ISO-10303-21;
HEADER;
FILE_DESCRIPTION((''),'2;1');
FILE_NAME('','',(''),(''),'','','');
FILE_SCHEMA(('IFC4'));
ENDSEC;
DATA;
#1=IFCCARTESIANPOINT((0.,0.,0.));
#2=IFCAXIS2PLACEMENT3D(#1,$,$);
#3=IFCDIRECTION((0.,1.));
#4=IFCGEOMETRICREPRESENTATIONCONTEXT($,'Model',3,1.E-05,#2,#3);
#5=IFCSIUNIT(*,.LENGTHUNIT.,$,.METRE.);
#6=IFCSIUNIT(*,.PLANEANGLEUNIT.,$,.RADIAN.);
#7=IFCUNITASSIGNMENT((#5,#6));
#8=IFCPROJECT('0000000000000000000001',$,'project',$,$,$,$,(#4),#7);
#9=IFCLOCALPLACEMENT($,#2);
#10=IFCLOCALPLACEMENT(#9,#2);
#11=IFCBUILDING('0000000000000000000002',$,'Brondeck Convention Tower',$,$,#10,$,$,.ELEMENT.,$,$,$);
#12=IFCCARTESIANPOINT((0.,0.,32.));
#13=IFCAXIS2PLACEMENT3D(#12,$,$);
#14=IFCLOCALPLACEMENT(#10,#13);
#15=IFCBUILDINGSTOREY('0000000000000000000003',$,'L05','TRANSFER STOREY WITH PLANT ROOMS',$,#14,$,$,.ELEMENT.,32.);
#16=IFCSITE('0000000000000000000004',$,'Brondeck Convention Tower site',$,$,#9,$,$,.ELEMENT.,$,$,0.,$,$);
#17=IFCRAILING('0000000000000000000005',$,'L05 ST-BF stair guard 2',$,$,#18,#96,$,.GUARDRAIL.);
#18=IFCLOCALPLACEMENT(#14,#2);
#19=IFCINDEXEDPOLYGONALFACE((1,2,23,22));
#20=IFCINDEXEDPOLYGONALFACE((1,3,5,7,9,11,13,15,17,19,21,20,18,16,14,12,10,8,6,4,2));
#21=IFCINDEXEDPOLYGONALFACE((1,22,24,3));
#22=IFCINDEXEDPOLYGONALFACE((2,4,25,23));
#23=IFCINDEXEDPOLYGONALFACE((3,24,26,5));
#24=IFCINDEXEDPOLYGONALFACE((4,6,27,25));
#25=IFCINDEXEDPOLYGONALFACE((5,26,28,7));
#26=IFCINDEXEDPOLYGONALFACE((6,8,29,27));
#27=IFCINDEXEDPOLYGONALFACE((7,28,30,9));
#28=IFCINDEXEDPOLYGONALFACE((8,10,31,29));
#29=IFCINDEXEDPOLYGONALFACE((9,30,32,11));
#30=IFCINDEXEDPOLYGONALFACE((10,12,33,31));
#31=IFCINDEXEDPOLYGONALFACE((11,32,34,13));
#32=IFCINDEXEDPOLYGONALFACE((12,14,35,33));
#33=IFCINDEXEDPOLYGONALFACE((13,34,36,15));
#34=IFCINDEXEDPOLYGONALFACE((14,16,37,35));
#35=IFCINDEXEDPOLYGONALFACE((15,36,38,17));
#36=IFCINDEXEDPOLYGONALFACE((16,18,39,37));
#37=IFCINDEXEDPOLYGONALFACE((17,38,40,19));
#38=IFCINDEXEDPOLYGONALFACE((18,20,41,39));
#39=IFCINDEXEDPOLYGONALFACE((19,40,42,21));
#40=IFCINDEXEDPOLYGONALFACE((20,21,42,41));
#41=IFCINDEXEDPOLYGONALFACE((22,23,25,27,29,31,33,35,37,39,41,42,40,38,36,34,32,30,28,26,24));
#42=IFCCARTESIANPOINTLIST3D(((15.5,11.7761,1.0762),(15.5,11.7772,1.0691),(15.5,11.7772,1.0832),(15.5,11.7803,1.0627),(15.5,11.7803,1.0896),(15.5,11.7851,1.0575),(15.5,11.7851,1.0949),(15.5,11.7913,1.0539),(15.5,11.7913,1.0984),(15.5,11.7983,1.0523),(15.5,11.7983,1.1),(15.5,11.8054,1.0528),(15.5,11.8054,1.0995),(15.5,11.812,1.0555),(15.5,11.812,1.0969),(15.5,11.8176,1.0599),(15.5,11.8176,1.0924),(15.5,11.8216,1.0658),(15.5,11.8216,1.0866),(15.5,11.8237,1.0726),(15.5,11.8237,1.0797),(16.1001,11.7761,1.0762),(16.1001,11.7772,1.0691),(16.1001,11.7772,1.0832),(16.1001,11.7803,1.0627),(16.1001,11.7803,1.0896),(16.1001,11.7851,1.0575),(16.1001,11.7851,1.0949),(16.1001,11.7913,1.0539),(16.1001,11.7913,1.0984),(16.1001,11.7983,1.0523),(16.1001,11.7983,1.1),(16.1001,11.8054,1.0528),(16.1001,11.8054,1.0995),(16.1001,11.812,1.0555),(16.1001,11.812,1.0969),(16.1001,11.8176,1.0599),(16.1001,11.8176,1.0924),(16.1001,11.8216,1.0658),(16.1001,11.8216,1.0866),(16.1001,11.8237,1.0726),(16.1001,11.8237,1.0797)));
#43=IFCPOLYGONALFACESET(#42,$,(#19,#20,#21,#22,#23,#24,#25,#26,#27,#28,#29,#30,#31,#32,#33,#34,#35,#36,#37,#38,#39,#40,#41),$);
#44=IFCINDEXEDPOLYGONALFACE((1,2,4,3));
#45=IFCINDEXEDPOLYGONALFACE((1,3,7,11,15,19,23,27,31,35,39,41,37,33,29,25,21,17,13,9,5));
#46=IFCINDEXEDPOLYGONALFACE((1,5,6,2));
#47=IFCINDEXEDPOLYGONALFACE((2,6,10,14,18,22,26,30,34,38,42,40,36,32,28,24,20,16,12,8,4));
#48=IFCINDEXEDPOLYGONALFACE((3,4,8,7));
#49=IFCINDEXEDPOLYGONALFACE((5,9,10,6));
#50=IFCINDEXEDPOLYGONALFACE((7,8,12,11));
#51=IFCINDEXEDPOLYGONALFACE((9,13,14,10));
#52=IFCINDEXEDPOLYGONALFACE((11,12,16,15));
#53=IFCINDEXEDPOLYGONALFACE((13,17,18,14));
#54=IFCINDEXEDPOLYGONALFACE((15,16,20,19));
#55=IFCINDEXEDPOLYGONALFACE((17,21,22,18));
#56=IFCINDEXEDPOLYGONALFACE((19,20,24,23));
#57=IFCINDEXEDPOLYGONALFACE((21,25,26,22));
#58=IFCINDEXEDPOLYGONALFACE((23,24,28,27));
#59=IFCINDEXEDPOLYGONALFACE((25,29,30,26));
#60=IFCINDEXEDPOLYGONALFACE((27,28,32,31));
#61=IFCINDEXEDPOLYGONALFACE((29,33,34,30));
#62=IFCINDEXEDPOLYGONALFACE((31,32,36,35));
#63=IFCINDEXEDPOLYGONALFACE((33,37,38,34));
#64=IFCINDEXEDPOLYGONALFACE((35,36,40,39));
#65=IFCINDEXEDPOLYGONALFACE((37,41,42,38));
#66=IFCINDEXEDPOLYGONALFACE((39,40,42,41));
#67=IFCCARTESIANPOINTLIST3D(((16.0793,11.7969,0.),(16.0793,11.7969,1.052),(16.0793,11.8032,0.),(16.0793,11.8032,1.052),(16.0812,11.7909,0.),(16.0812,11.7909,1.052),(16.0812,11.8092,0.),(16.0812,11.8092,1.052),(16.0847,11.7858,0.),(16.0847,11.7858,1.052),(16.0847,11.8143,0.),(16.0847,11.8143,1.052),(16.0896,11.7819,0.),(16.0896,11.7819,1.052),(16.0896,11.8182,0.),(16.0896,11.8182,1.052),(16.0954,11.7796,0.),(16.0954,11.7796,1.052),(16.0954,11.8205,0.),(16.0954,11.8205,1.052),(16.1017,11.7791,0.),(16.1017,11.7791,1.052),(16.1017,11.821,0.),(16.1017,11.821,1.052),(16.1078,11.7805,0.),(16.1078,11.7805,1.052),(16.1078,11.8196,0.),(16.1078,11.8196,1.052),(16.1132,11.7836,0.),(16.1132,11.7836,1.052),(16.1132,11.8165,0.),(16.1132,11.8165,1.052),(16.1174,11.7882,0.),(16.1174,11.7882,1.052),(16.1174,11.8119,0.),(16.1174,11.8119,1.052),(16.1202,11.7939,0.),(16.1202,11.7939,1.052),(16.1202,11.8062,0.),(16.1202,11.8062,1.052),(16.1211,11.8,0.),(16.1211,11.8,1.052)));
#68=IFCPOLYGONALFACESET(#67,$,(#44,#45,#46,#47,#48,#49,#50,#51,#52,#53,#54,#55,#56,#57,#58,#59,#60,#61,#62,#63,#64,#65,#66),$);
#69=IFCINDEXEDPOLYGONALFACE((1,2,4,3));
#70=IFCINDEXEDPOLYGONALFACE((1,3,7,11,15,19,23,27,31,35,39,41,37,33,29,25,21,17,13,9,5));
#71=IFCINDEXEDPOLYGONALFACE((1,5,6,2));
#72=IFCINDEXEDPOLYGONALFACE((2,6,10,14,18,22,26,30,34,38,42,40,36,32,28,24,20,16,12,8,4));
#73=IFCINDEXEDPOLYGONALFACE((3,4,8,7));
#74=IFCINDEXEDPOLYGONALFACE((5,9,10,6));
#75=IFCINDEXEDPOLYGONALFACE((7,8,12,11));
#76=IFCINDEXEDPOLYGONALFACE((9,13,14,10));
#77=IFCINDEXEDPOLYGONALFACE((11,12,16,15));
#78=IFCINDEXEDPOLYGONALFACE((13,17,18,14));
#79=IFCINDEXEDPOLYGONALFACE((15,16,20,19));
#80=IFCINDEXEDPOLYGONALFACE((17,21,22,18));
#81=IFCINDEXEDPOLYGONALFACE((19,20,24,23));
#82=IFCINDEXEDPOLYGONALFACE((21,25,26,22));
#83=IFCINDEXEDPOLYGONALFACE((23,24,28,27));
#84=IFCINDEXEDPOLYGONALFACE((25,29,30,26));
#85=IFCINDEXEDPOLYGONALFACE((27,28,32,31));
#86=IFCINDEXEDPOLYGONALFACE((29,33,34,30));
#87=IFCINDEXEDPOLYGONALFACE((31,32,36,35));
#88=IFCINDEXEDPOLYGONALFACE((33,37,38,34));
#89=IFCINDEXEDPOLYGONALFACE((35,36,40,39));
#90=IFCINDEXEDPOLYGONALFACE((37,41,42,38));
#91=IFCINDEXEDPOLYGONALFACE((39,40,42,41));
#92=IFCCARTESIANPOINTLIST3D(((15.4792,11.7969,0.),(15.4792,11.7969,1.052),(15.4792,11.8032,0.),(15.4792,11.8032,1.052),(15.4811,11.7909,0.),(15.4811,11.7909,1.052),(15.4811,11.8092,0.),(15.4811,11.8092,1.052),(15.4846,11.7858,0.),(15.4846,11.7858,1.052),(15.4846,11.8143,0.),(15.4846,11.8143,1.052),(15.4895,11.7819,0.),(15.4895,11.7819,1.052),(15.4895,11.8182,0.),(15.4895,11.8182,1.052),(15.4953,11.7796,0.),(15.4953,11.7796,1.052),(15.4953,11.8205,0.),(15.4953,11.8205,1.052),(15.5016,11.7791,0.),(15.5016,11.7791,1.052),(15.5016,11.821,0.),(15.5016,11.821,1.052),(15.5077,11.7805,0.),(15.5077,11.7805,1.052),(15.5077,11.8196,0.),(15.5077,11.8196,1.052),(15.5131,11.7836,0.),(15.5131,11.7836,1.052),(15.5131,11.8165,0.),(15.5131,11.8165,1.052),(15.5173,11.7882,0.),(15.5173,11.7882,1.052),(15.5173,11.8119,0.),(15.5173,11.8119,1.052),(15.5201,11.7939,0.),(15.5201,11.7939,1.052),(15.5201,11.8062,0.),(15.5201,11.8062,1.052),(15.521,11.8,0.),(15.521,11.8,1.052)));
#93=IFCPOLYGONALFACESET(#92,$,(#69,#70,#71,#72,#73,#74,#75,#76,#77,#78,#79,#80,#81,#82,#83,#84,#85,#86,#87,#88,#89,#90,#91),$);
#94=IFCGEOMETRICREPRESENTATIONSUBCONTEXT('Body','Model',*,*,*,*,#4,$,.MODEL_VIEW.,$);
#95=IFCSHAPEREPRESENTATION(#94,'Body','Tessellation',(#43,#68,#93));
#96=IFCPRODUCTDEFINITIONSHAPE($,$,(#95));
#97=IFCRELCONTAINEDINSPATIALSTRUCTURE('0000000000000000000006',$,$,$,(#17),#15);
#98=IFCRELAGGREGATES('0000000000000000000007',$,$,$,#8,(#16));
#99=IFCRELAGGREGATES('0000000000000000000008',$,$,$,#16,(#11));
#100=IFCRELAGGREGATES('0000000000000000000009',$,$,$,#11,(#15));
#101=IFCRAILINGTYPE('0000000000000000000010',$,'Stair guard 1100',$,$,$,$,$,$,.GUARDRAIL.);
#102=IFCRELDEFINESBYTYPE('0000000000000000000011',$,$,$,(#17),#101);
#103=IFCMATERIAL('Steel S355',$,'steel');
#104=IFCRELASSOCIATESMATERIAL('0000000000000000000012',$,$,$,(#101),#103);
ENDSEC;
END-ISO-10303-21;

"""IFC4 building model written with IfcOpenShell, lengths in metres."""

from ifc_helpers import new_model, si_unit, direction, frame, origin, origin_2d, place, context, subcontext, project, spatial, circle, extrude, material, type_object, element, save


model = new_model("IFC4")

# Units and contexts
model_context = context("Model", 3, precision=1e-05, world=origin(), true_north=direction((0.0, 1.0)))
body_context = subcontext(model_context, "Body", "Model", "MODEL_VIEW")
ifc_project = project(units=[si_unit("LENGTHUNIT", "METRE"), si_unit("PLANEANGLEUNIT", "RADIAN")], contexts=[model_context])

# Site, building, storey
site_placement = place(None, origin())
site = spatial("IfcSite", under=ifc_project, at=site_placement, Name="Brondeck Convention Tower site", CompositionType="ELEMENT", RefElevation=0.0)
building_placement = place(site_placement, origin())
building = spatial("IfcBuilding", under=site, at=building_placement, Name="Brondeck Convention Tower", CompositionType="ELEMENT")
storey_placement = place(building_placement, frame((0.0, 0.0, 32.0)))
storey = spatial("IfcBuildingStorey", under=building, at=storey_placement, Name="L05", Description="TRANSFER STOREY WITH PLANT ROOMS", CompositionType="ELEMENT", Elevation=32.0)

# Railing
ifc_material_1 = material(Name="Steel S355", Category="steel")
railing_type_1 = type_object("IfcRailingType", Name="Stair guard 1100", PredefinedType="GUARDRAIL", material=ifc_material_1)
for number, where, name in (
    (1, (16.1001, 11.8, 0.0), "L05 ST-BF stair guard 2"),
):
    element("IfcRailing", number, at=place(storey_placement, frame(where)), inside=storey, type_object=railing_type_1, Name=name, PredefinedType="GUARDRAIL", context=body_context, shape_type="SweptSolid", body=[
        extrude(circle(Radius=0.0239, at=origin_2d()), frame((0.0, 0.0, 1.0762), z_axis=(-1.0, 0.0, 0.0), x_axis=(0.0, -1.0, 0.0)), (0.0, 0.0, 1.0), 0.6001),
        extrude(circle(Radius=0.021, at=origin_2d()), origin(), (0.0, 0.0, 1.0), 1.052),
        extrude(circle(Radius=0.021, at=origin_2d()), frame((-0.6001, 0.0, 0.0)), (0.0, 0.0, 1.0), 1.052),
    ])

save(model, "model.ifc")
